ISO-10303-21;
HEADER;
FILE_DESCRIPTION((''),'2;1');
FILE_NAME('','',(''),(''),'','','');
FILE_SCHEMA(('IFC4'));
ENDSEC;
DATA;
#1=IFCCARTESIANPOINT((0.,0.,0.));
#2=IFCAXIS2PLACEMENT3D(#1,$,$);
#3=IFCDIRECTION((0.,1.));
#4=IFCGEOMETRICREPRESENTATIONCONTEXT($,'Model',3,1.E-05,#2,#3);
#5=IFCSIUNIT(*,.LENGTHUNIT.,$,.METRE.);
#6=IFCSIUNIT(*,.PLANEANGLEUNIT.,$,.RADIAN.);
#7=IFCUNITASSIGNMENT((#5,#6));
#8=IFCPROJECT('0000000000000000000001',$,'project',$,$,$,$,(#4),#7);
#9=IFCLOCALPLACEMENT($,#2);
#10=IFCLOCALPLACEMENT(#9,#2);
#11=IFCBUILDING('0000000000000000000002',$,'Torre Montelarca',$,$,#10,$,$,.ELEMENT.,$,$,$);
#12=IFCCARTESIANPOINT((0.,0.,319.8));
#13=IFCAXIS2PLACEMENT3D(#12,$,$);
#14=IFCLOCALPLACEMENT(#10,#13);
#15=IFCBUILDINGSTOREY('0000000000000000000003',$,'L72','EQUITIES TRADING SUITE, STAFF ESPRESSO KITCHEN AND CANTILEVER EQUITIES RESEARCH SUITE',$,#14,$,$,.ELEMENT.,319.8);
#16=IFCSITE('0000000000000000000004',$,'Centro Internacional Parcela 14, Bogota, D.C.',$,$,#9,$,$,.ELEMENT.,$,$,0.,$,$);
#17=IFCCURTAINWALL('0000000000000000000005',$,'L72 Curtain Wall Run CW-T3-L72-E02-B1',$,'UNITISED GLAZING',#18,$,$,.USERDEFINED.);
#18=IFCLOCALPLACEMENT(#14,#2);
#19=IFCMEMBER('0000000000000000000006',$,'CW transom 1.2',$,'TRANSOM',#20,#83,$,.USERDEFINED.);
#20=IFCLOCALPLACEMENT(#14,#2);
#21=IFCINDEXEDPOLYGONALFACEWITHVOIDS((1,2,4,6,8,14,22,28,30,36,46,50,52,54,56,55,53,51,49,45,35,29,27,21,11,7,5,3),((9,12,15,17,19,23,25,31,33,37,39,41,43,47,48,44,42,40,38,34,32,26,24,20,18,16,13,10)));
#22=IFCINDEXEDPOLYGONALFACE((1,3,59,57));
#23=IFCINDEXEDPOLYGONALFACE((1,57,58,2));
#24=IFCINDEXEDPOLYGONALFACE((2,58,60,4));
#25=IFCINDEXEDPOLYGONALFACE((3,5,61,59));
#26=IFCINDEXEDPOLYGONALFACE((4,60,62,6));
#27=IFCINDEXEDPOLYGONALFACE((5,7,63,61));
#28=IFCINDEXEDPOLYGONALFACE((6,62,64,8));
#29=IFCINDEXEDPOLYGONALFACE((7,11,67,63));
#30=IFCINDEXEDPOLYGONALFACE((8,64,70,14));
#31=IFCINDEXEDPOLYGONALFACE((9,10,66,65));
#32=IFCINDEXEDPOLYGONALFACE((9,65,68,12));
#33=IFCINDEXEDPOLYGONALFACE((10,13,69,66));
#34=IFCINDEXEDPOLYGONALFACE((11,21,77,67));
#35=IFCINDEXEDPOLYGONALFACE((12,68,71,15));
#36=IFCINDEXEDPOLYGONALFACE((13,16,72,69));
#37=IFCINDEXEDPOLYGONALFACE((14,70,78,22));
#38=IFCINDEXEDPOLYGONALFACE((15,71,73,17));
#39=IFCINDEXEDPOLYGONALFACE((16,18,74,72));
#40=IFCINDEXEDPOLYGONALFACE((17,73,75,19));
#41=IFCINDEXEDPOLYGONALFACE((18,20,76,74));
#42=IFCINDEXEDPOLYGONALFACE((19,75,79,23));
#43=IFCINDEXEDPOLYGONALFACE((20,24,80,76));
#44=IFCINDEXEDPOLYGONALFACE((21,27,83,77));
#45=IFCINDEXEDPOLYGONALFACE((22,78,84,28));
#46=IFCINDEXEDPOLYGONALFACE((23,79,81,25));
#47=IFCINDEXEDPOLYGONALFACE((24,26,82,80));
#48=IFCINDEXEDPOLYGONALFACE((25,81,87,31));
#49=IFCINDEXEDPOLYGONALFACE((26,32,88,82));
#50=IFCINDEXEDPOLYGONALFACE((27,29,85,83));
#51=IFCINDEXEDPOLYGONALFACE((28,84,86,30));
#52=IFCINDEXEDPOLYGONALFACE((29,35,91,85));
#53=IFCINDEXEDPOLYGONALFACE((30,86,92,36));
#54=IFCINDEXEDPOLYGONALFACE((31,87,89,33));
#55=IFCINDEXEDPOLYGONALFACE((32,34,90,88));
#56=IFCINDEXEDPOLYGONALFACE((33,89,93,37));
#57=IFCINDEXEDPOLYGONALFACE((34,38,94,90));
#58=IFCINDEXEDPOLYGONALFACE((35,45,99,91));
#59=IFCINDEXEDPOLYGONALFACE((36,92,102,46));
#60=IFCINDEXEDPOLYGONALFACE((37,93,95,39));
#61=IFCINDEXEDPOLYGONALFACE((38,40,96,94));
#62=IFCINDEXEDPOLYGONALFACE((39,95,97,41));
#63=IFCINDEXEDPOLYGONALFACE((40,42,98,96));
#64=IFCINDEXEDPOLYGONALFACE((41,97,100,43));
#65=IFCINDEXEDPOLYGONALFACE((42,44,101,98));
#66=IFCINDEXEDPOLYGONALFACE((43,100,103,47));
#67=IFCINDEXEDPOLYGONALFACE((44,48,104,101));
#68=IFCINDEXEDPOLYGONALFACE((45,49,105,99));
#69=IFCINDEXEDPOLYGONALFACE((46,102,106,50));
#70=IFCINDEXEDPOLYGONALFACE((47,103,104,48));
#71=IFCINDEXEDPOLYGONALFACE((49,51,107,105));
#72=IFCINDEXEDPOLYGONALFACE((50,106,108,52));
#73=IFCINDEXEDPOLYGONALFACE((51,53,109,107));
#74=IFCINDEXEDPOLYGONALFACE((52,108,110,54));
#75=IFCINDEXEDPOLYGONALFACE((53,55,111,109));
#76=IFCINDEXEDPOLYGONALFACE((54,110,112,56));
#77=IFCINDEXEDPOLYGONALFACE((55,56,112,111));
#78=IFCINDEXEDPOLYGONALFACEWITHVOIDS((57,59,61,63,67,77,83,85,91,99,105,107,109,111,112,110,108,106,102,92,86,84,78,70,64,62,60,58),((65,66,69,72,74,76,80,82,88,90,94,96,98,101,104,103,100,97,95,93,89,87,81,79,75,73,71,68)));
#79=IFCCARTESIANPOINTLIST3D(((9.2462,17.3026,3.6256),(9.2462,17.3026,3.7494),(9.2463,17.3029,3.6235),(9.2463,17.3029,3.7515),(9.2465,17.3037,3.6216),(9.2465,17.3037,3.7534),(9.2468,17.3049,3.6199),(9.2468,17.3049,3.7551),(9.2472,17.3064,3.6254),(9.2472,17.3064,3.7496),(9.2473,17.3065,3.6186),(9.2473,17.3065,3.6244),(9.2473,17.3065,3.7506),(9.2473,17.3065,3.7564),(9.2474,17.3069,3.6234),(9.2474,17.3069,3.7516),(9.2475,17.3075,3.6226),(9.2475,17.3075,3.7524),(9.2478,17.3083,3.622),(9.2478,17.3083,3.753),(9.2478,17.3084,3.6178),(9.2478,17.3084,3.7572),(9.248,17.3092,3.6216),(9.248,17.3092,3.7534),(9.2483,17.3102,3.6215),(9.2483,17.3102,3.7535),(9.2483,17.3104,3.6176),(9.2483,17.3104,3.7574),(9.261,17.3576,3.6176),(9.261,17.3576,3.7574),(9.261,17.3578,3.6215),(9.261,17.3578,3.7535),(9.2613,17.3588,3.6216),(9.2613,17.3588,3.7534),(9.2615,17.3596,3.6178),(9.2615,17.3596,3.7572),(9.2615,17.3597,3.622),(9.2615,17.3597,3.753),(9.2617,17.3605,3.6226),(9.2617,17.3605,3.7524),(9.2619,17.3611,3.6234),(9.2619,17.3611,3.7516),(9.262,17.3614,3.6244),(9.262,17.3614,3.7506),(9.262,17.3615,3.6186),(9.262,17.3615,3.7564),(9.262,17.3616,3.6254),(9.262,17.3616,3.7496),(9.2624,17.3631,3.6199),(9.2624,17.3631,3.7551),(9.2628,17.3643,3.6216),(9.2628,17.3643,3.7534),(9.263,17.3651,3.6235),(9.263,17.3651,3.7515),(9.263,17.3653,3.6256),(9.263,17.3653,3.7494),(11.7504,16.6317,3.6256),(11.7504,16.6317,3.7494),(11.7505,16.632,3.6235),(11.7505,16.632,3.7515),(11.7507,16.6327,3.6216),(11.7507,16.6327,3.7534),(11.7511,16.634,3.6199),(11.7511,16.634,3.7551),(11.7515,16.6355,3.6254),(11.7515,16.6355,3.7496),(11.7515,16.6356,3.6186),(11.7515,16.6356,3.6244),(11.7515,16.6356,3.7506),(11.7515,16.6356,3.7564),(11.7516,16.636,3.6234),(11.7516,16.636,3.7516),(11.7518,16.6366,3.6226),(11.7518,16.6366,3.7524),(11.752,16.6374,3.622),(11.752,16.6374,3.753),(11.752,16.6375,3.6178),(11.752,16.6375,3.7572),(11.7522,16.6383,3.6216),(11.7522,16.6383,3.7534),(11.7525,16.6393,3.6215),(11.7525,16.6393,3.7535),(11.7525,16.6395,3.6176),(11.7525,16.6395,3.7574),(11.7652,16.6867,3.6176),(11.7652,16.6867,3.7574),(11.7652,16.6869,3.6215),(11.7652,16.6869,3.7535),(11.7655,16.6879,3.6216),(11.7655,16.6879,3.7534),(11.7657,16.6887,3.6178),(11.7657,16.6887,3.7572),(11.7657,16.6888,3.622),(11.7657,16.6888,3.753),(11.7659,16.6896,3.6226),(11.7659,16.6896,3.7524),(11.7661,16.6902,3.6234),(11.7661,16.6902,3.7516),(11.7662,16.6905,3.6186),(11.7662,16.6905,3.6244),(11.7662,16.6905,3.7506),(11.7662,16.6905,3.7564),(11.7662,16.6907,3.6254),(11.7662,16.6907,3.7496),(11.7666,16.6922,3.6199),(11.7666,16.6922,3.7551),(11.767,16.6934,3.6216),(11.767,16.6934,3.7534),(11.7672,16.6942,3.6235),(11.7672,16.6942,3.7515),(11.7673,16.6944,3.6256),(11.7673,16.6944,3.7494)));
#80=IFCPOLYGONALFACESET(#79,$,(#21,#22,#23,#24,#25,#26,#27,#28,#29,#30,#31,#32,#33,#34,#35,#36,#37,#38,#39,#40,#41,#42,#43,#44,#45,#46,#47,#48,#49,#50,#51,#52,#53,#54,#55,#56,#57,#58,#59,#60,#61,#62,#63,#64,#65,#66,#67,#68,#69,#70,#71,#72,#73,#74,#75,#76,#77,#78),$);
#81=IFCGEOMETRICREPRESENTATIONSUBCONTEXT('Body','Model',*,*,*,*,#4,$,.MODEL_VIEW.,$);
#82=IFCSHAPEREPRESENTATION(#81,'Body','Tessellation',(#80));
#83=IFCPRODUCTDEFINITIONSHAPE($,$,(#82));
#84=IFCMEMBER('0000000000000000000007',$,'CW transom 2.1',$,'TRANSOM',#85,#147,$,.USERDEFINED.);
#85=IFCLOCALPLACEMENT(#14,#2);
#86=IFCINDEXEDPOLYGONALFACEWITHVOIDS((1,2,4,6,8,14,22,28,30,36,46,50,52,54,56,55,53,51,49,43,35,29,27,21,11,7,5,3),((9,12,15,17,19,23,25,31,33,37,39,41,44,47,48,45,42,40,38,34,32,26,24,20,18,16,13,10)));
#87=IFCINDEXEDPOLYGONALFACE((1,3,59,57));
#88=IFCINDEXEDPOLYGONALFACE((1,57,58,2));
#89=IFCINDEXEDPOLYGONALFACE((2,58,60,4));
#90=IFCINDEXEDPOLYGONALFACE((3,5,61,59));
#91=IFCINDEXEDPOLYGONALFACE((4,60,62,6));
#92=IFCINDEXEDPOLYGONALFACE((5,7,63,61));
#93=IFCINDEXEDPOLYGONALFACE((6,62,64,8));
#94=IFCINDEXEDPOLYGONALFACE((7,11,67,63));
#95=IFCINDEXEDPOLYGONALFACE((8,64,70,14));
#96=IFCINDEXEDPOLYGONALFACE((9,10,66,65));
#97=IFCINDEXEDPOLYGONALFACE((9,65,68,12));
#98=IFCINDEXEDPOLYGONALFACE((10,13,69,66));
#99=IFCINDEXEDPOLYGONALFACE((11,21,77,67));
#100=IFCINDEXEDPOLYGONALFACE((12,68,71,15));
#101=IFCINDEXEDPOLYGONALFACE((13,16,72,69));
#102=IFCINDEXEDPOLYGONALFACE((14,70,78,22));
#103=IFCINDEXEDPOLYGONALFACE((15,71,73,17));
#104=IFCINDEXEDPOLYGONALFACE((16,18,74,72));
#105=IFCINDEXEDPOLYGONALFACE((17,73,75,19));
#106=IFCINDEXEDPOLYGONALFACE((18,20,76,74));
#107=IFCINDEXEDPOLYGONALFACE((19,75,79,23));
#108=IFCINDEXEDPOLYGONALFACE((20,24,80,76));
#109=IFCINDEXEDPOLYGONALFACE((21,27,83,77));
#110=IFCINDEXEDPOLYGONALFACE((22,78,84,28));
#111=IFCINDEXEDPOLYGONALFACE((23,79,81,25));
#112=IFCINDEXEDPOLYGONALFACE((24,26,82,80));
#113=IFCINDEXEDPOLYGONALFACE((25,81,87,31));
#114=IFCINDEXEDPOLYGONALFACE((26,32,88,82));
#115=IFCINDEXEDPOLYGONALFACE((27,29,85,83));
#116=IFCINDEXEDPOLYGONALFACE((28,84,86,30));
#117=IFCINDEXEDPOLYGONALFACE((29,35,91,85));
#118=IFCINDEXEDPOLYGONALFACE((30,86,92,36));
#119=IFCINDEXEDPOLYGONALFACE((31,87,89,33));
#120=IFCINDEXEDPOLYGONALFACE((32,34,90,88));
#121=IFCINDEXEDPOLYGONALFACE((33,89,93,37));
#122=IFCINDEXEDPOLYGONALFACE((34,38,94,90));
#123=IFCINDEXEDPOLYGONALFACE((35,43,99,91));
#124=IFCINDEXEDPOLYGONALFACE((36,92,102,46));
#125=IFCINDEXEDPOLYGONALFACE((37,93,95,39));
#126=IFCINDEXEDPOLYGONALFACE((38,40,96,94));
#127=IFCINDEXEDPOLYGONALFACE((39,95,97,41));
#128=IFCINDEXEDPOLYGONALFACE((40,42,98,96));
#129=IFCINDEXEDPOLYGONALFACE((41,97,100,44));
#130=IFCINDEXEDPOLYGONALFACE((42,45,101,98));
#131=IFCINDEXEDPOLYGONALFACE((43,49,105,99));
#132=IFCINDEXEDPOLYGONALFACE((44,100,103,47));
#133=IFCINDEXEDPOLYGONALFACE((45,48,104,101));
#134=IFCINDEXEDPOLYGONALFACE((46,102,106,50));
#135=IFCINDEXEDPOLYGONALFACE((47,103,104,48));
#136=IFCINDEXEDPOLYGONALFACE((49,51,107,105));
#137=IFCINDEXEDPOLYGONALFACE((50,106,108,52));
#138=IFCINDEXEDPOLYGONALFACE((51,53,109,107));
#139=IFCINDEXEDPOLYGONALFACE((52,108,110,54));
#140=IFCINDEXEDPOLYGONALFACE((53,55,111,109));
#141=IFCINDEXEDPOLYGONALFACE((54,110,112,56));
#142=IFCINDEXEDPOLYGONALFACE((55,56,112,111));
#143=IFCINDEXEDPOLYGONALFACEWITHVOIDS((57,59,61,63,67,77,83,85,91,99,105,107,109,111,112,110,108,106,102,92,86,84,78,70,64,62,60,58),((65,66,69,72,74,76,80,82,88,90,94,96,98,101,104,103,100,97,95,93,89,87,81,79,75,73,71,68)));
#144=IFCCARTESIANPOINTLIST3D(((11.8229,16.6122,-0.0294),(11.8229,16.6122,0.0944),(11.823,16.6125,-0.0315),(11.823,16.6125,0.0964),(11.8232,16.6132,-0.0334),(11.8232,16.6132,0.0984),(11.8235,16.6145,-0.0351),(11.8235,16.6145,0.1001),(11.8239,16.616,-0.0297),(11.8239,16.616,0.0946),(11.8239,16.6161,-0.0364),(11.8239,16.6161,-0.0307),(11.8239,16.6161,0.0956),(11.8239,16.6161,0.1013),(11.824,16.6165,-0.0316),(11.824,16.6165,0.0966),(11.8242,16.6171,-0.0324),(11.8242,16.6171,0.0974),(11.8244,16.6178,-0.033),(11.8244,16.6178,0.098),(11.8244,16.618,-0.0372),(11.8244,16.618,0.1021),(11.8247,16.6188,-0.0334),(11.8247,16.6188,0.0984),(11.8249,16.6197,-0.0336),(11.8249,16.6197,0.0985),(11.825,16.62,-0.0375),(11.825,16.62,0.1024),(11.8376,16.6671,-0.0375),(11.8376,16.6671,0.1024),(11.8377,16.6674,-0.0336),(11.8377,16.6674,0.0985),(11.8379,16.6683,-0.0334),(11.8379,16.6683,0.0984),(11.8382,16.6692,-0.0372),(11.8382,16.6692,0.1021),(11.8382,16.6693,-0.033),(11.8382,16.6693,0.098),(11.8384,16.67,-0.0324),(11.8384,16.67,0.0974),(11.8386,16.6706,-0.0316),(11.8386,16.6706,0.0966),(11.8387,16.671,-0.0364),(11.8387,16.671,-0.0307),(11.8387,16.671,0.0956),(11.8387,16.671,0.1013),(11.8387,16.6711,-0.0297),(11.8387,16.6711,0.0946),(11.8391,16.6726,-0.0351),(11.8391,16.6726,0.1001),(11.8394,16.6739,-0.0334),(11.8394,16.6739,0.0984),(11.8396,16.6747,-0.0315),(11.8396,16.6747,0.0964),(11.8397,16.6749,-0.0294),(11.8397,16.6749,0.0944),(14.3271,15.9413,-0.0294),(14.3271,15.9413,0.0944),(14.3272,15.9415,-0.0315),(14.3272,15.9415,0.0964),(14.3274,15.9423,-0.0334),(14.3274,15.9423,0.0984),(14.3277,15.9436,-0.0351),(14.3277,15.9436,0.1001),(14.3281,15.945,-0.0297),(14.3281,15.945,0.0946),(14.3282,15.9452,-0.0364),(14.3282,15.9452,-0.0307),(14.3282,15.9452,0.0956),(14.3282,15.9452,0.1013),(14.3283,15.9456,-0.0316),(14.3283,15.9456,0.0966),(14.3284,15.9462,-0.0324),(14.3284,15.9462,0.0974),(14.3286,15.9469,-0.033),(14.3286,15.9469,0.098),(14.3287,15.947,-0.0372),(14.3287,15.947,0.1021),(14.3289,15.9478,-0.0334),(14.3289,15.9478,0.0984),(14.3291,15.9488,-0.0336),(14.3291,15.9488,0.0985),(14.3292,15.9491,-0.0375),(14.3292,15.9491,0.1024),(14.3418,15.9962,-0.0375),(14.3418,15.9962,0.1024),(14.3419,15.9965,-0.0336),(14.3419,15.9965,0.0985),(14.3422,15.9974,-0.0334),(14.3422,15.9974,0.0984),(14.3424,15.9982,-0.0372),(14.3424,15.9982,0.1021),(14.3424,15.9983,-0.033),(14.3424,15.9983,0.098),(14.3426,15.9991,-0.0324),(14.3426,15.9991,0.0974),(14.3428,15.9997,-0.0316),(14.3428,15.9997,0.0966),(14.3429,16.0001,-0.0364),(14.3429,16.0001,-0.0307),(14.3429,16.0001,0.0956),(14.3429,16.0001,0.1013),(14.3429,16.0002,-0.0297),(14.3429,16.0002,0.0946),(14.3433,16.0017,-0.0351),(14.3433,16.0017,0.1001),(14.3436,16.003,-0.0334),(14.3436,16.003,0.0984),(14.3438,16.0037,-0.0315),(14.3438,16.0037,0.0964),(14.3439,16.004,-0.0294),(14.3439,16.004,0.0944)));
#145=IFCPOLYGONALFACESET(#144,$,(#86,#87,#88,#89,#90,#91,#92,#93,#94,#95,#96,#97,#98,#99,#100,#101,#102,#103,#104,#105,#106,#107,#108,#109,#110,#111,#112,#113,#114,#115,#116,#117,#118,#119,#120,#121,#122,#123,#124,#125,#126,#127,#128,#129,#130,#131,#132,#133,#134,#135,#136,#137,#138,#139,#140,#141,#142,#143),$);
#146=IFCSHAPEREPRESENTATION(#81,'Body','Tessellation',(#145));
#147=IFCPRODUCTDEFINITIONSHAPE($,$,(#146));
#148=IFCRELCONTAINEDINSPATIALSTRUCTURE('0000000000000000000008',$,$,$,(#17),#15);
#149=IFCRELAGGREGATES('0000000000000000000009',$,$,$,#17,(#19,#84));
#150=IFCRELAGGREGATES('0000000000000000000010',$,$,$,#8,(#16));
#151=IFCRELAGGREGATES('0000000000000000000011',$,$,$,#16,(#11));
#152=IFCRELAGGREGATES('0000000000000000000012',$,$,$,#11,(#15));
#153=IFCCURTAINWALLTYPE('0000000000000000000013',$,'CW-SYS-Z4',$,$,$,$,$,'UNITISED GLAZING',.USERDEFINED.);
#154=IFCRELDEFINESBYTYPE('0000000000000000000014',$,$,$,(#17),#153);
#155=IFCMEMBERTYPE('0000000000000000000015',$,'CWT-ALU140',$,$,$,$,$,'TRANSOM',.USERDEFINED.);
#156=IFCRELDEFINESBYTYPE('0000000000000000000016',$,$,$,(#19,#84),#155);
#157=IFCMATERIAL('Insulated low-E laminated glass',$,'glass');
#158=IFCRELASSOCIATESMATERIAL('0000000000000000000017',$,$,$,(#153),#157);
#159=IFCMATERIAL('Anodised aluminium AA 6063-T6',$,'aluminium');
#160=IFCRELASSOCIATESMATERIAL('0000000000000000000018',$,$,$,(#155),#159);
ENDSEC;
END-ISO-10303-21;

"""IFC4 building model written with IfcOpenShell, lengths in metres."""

from ifc_helpers import new_model, si_unit, direction, frame, origin, origin_2d, place, context, subcontext, project, spatial, hollow_rectangle, extrude, source, transform, mapped, material, material_profile, profile_set, type_object, element, aggregate, save


model = new_model("IFC4")

# Units and contexts
model_context = context("Model", 3, precision=1e-05, world=origin(), true_north=direction((0.0, 1.0)))
body_context = subcontext(model_context, "Body", "Model", "MODEL_VIEW")
ifc_project = project(units=[si_unit("LENGTHUNIT", "METRE"), si_unit("PLANEANGLEUNIT", "RADIAN")], contexts=[model_context])

# Site, building, storey
site_placement = place(None, origin())
site = spatial("IfcSite", under=ifc_project, at=site_placement, Name="Centro Internacional Parcela 14, Bogota, D.C.", CompositionType="ELEMENT", RefElevation=0.0)
building_placement = place(site_placement, origin())
building = spatial("IfcBuilding", under=site, at=building_placement, Name="Torre Montelarca", CompositionType="ELEMENT")
storey_placement = place(building_placement, frame((0.0, 0.0, 319.8)))
storey = spatial("IfcBuildingStorey", under=building, at=storey_placement, Name="L72", Description="EQUITIES TRADING SUITE, STAFF ESPRESSO KITCHEN AND CANTILEVER EQUITIES RESEARCH SUITE", CompositionType="ELEMENT", Elevation=319.8)

# Shared definitions
ifc_material_1 = material(Name="Insulated low-E laminated glass", Category="glass")
curtain_wall_type = type_object("IfcCurtainWallType", Name="CW-SYS-Z4", ElementType="UNITISED GLAZING", PredefinedType="USERDEFINED", material=ifc_material_1)
ifc_material_2 = material(Name="Anodised aluminium AA 6063-T6", Category="aluminium")

# Curtain wall
curtain_wall_1_placement = place(storey_placement, origin())
curtain_wall_1 = element("IfcCurtainWall", 1, at=curtain_wall_1_placement, inside=storey, type_object=curtain_wall_type, Name="L72 Curtain Wall Run CW-T3-L72-E02-B1", ObjectType="UNITISED GLAZING", PredefinedType="USERDEFINED")

# Members
ifc_material_profile_1 = material_profile(ifc_material_2, hollow_rectangle(XDim=0.0649, YDim=0.1399, WallThickness=0.0039, InnerFilletRadius=0.0039, OuterFilletRadius=0.0081, at=origin_2d()), Name="ALU65X140X4", Category="aluminium")
ifc_profile_set_1 = profile_set([ifc_material_profile_1], Name="Anodised aluminium AA 6063-T6")
member_type_1 = type_object("IfcMemberType", Name="CWT-ALU140", ElementType="TRANSOM", PredefinedType="USERDEFINED", material=ifc_profile_set_1)
shared_shape_1 = source(origin(), body_context, "Body", "SweptSolid", [
    extrude(hollow_rectangle(XDim=0.0649, YDim=0.1399, WallThickness=0.0039, InnerFilletRadius=0.0039, OuterFilletRadius=0.0081, at=origin_2d()), origin(), (0.0, 0.0, 1.0), 2.5925),
])
member_1_placement = place(storey_placement, frame((9.2546, 17.334, 3.6875), z_axis=(0.965934, -0.258788, 0.0), x_axis=(0.258788, 0.965934, 0.0)))
member_1 = element("IfcMember", 2, at=member_1_placement, type_object=member_type_1, Name="CW transom 1.2", ObjectType="TRANSOM", PredefinedType="USERDEFINED", context=body_context, shape_type="MappedRepresentation", body=[
    mapped(shared_shape_1, transform((0.0, 0.0, 0.0), scale=1.0)),
])
member_2_placement = place(storey_placement, frame((11.8313, 16.6436, 0.0325), z_axis=(0.965934, -0.258788, 0.0), x_axis=(0.258788, 0.965934, 0.0)))
member_2 = element("IfcMember", 3, at=member_2_placement, type_object=member_type_1, Name="CW transom 2.1", ObjectType="TRANSOM", PredefinedType="USERDEFINED", context=body_context, shape_type="MappedRepresentation", body=[
    mapped(shared_shape_1, transform((0.0, 0.0, 0.0), scale=1.0)),
])

aggregate(curtain_wall_1, [member_1, member_2])

save(model, "model.ifc")
